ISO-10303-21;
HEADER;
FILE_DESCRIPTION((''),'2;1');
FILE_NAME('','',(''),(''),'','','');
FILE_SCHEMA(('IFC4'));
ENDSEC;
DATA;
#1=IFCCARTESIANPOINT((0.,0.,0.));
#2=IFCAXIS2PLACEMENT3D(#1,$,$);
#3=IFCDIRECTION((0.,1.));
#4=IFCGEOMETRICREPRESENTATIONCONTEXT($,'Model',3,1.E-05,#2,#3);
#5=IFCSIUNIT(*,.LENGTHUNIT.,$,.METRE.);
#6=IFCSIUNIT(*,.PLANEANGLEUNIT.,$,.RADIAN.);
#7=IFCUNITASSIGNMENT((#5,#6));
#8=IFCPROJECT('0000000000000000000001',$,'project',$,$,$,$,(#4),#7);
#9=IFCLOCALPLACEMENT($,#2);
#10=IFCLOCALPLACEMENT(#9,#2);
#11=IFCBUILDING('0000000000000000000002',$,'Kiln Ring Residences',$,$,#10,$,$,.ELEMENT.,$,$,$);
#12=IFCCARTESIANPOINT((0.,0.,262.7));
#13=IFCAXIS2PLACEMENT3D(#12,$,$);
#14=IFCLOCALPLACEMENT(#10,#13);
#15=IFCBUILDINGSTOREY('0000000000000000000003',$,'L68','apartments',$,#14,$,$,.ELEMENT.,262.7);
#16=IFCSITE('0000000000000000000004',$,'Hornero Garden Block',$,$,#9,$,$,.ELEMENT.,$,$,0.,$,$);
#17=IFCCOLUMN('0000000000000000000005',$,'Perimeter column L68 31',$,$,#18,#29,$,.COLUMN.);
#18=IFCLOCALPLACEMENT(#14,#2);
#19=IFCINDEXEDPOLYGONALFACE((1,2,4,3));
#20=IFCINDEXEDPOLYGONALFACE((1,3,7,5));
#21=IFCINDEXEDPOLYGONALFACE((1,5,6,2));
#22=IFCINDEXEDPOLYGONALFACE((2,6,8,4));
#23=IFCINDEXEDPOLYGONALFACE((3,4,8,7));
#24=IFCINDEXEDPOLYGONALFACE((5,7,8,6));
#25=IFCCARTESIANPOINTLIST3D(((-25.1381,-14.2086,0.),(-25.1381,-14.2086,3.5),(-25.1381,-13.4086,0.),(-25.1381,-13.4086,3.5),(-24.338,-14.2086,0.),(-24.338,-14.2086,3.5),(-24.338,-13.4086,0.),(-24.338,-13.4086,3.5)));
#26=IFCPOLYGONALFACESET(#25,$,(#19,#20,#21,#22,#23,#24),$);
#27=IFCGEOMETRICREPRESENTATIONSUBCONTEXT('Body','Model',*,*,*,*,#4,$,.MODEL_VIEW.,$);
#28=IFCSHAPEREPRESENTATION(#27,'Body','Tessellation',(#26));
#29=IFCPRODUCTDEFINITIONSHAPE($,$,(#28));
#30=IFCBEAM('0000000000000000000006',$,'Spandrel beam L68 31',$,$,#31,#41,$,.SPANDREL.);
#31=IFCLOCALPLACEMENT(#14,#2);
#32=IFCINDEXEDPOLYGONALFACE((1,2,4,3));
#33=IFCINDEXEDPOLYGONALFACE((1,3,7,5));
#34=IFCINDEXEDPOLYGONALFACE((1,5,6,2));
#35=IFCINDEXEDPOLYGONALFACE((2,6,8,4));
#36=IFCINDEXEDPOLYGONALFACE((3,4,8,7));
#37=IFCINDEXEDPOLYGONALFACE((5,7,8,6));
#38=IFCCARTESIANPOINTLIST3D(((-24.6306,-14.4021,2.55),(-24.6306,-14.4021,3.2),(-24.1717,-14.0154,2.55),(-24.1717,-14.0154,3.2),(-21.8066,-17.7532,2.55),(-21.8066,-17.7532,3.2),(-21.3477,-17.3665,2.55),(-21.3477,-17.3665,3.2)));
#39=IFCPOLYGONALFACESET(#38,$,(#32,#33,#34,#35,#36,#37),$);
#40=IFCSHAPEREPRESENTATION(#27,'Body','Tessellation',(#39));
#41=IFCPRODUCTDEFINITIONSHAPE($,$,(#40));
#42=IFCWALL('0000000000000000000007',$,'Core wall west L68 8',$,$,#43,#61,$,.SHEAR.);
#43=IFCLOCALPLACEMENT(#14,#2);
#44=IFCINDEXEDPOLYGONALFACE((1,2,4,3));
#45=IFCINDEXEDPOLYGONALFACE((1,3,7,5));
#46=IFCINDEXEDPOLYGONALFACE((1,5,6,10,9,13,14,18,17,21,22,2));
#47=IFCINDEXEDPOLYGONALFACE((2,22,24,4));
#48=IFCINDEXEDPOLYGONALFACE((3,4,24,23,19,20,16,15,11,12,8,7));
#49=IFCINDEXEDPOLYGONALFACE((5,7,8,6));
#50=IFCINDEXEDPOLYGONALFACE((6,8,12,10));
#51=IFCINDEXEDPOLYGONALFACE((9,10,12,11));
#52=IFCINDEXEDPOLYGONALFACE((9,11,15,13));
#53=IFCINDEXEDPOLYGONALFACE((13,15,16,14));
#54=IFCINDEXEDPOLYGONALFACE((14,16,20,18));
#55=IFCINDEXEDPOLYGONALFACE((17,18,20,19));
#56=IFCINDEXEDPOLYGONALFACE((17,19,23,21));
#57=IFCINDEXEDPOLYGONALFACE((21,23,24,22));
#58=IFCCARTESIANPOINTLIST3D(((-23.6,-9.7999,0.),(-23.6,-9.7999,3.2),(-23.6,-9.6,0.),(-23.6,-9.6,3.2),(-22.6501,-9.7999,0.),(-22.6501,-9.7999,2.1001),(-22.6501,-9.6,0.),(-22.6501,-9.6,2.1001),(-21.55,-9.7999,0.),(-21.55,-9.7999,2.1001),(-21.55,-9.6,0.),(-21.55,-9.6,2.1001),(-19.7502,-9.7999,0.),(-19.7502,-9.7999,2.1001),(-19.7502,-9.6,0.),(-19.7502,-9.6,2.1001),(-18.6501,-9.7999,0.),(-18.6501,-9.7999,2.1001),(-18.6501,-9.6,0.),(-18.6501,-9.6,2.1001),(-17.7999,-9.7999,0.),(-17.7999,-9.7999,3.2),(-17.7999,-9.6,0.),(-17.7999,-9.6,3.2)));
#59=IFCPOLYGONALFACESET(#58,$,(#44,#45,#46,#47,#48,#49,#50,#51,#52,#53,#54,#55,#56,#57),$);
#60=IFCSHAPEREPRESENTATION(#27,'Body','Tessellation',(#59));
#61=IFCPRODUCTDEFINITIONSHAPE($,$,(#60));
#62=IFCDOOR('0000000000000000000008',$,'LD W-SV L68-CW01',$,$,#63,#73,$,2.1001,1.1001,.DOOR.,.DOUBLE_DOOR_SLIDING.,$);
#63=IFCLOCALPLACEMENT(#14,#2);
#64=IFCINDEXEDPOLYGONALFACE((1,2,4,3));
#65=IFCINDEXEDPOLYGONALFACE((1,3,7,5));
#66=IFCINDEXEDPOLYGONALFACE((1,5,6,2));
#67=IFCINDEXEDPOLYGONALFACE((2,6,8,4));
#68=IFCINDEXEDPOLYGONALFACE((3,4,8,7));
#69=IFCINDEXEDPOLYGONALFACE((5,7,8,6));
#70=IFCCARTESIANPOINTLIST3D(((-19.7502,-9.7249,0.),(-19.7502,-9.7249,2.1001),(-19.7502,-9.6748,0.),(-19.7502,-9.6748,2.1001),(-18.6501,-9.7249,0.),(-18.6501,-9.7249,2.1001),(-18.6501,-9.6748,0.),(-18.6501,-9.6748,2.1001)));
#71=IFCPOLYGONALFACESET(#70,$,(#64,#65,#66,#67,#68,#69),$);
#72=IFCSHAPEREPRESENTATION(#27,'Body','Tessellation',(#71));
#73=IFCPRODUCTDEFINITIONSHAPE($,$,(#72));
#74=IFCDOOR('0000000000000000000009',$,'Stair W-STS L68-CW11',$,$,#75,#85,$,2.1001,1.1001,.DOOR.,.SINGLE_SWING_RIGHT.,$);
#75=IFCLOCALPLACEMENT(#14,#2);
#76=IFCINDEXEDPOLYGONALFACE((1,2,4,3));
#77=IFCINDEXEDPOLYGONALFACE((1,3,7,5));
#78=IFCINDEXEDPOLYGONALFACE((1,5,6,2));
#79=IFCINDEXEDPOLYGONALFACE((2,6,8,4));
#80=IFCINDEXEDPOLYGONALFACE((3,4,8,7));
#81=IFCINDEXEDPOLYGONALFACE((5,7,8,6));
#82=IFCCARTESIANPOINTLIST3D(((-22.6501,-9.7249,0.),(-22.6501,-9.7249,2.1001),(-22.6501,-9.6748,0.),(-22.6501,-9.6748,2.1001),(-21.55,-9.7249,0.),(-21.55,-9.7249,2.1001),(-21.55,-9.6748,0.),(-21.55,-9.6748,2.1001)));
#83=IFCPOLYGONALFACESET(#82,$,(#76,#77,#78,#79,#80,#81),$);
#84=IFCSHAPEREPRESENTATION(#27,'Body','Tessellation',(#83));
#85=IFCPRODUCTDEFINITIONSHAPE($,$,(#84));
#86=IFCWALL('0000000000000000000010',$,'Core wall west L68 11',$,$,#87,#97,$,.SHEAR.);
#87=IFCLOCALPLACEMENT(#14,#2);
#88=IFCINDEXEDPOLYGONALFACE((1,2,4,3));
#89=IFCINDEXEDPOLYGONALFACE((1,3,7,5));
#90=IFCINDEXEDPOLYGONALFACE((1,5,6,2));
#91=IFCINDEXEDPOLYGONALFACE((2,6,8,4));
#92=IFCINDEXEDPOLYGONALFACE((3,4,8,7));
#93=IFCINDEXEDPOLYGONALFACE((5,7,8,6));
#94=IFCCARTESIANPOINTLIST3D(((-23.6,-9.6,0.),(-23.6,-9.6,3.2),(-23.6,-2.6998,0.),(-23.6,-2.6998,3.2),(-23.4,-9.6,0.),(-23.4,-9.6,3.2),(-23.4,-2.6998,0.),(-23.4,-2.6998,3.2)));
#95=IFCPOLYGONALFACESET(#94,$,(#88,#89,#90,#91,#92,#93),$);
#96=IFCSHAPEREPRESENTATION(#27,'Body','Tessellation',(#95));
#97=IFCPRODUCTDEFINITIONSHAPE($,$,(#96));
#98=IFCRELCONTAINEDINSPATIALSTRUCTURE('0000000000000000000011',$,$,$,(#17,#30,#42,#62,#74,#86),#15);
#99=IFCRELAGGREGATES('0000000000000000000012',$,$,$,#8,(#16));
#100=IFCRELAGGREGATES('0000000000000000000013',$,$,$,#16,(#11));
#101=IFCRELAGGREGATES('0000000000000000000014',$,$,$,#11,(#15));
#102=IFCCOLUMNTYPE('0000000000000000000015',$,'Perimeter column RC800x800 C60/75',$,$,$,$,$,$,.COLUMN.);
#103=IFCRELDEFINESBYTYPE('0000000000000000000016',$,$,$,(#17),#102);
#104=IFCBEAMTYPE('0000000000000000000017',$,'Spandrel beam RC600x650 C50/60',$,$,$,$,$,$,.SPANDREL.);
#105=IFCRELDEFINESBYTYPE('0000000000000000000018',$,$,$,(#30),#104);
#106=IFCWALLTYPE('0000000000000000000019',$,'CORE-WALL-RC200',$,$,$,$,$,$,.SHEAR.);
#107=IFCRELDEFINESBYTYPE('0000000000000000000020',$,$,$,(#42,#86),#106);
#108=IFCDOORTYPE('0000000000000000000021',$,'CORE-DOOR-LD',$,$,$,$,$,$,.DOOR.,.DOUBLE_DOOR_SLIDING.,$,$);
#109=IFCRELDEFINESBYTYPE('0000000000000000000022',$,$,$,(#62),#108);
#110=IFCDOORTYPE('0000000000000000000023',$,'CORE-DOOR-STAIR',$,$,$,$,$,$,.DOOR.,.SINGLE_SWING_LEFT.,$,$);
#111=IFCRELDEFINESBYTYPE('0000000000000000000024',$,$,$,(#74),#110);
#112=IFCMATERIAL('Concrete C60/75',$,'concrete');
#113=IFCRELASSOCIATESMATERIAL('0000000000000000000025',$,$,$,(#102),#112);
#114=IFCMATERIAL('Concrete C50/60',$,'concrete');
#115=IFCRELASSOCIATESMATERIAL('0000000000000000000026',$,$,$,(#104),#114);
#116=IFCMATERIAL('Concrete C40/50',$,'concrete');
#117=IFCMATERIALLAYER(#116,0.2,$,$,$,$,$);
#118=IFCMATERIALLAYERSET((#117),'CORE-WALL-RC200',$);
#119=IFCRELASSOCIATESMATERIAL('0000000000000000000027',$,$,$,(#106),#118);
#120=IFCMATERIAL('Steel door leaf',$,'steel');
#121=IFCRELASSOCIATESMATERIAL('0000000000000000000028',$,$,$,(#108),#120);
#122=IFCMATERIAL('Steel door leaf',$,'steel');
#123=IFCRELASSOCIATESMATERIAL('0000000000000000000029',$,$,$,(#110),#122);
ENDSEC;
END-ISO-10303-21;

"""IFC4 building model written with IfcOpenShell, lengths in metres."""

from ifc_helpers import new_model, si_unit, direction, frame, frame_2d, origin, origin_2d, place, context, subcontext, project, spatial, rectangle, extrude, material, layer, layer_set, material_profile, profile_set, type_object, element, fill, save


model = new_model("IFC4")

# Units and contexts
model_context = context("Model", 3, precision=1e-05, world=origin(), true_north=direction((0.0, 1.0)))
body_context = subcontext(model_context, "Body", "Model", "MODEL_VIEW")
ifc_project = project(units=[si_unit("LENGTHUNIT", "METRE"), si_unit("PLANEANGLEUNIT", "RADIAN")], contexts=[model_context])

# Site, building, storey
site_placement = place(None, origin())
site = spatial("IfcSite", under=ifc_project, at=site_placement, Name="Hornero Garden Block", CompositionType="ELEMENT", RefElevation=0.0)
building_placement = place(site_placement, origin())
building = spatial("IfcBuilding", under=site, at=building_placement, Name="Kiln Ring Residences", CompositionType="ELEMENT")
storey_placement = place(building_placement, frame((0.0, 0.0, 262.7)))
storey = spatial("IfcBuildingStorey", under=building, at=storey_placement, Name="L68", Description="apartments", CompositionType="ELEMENT", Elevation=262.7)

# Column
ifc_material_1 = material(Name="Concrete C60/75", Category="concrete")
ifc_material_profile_1 = material_profile(ifc_material_1, rectangle(XDim=0.8, YDim=0.8, at=origin_2d()), Name="RC800x800")
ifc_profile_set_1 = profile_set([ifc_material_profile_1], Name="Concrete C60/75")
column_type = type_object("IfcColumnType", Name="Perimeter column RC800x800 C60/75", PredefinedType="COLUMN", material=ifc_profile_set_1)
column_placement = place(storey_placement, frame((-24.738, -13.8086, 0.0), z_axis=(0.0, 0.0, 1.0), x_axis=(1.0, 0.0, 0.0)))
element("IfcColumn", 1, at=column_placement, inside=storey, type_object=column_type, Name="Perimeter column L68 31", PredefinedType="COLUMN", context=body_context, shape_type="SweptSolid", body=[
    extrude(rectangle(XDim=0.8, YDim=0.8, at=origin_2d()), origin(), (0.0, 0.0, 1.0), 3.5),
])

# Beam
ifc_material_2 = material(Name="Concrete C50/60", Category="concrete")
ifc_material_profile_2 = material_profile(ifc_material_2, rectangle(XDim=0.6001, YDim=0.6499, at=origin_2d()), Name="RC600x650")
ifc_profile_set_2 = profile_set([ifc_material_profile_2], Name="Concrete C50/60")
beam_type = type_object("IfcBeamType", Name="Spandrel beam RC600x650 C50/60", PredefinedType="SPANDREL", material=ifc_profile_set_2)
beam_placement = place(storey_placement, frame((-24.4011, -14.2087, 2.875), z_axis=(0.644405, -0.764684, 0.0), x_axis=(0.764684, 0.644405, 0.0)))
element("IfcBeam", 2, at=beam_placement, inside=storey, type_object=beam_type, Name="Spandrel beam L68 31", PredefinedType="SPANDREL", context=body_context, shape_type="SweptSolid", body=[
    extrude(rectangle(XDim=0.6001, YDim=0.6499, at=origin_2d()), origin(), (0.0, 0.0, 1.0), 4.3823),
])

# Wall, openings, doors
ifc_material_3 = material(Name="Concrete C40/50", Category="concrete")
ifc_layer_1 = layer(ifc_material_3, 0.2)
ifc_layer_set_1 = layer_set([ifc_layer_1], Name="CORE-WALL-RC200")
wall_type_1 = type_object("IfcWallType", Name="CORE-WALL-RC200", PredefinedType="SHEAR", material=ifc_layer_set_1)
wall_1_placement = place(storey_placement, frame((-17.8, -9.7, 0.0), z_axis=(0.0, 0.0, 1.0), x_axis=(-1.0, 0.0, 0.0)))
wall_1 = element("IfcWall", 3, at=wall_1_placement, inside=storey, type_object=wall_type_1, Name="Core wall west L68 8", PredefinedType="SHEAR", context=body_context, shape_type="SweptSolid", body=[
    extrude(rectangle(XDim=5.8, YDim=0.2, at=frame_2d((2.8999, 0.0))), origin(), (0.0, 0.0, 1.0), 3.2),
])
opening_1_placement = place(wall_1_placement, frame((0.8501, 0.0, 0.0)))
opening_1 = element("IfcOpeningElement", 4, at=opening_1_placement, cuts=wall_1, PredefinedType="OPENING", context=body_context, shape_type="SweptSolid", body=[
    extrude(rectangle(XDim=1.1001, YDim=2.1001, at=frame_2d((0.55, 1.05))), frame((0.0, 0.1099, 0.0), z_axis=(0.0, -1.0, 0.0), x_axis=(1.0, 0.0, 0.0)), (0.0, 0.0, 1.0), 0.22),
])
opening_2_placement = place(wall_1_placement, frame((3.75, 0.0, 0.0)))
opening_2 = element("IfcOpeningElement", 5, at=opening_2_placement, cuts=wall_1, PredefinedType="OPENING", context=body_context, shape_type="SweptSolid", body=[
    extrude(rectangle(XDim=1.1001, YDim=2.1001, at=frame_2d((0.55, 1.05))), frame((0.0, 0.1099, 0.0), z_axis=(0.0, -1.0, 0.0), x_axis=(1.0, 0.0, 0.0)), (0.0, 0.0, 1.0), 0.22),
])
ifc_material_4 = material(Name="Steel door leaf", Category="steel")
door_type_1 = type_object("IfcDoorType", Name="CORE-DOOR-LD", OperationType="DOUBLE_DOOR_SLIDING", PredefinedType="DOOR", material=ifc_material_4)
door_1_placement = place(opening_1_placement, origin())
door_1 = element("IfcDoor", 6, at=door_1_placement, inside=storey, type_object=door_type_1, Name="LD W-SV L68-CW01", OperationType="DOUBLE_DOOR_SLIDING", OverallHeight=2.1001, OverallWidth=1.1001, PredefinedType="DOOR", context=body_context, shape_type="SweptSolid", body=[
    extrude(rectangle(XDim=1.1001, YDim=2.1001, at=frame_2d((0.55, 1.05))), frame((0.0, 0.0249, 0.0), z_axis=(0.0, -1.0, 0.0), x_axis=(1.0, 0.0, 0.0)), (0.0, 0.0, 1.0), 0.05),
])
fill(opening_1, door_1)
ifc_material_5 = material(Name="Steel door leaf", Category="steel")
door_type_2 = type_object("IfcDoorType", Name="CORE-DOOR-STAIR", OperationType="SINGLE_SWING_LEFT", PredefinedType="DOOR", material=ifc_material_5)
door_2_placement = place(opening_2_placement, origin())
door_2 = element("IfcDoor", 7, at=door_2_placement, inside=storey, type_object=door_type_2, Name="Stair W-STS L68-CW11", OperationType="SINGLE_SWING_RIGHT", OverallHeight=2.1001, OverallWidth=1.1001, PredefinedType="DOOR", context=body_context, shape_type="SweptSolid", body=[
    extrude(rectangle(XDim=1.1001, YDim=2.1001, at=frame_2d((0.55, 1.05))), frame((0.0, 0.0249, 0.0), z_axis=(0.0, -1.0, 0.0), x_axis=(1.0, 0.0, 0.0)), (0.0, 0.0, 1.0), 0.05),
])
fill(opening_2, door_2)

# Wall
wall_2_placement = place(storey_placement, frame((-23.5, -9.6001, 0.0), z_axis=(0.0, 0.0, 1.0), x_axis=(0.0, 1.0, 0.0)))
element("IfcWall", 8, at=wall_2_placement, inside=storey, type_object=wall_type_1, Name="Core wall west L68 11", PredefinedType="SHEAR", context=body_context, shape_type="SweptSolid", body=[
    extrude(rectangle(XDim=6.9001, YDim=0.2, at=frame_2d((3.4502, 0.0))), origin(), (0.0, 0.0, 1.0), 3.2),
])

save(model, "model.ifc")
